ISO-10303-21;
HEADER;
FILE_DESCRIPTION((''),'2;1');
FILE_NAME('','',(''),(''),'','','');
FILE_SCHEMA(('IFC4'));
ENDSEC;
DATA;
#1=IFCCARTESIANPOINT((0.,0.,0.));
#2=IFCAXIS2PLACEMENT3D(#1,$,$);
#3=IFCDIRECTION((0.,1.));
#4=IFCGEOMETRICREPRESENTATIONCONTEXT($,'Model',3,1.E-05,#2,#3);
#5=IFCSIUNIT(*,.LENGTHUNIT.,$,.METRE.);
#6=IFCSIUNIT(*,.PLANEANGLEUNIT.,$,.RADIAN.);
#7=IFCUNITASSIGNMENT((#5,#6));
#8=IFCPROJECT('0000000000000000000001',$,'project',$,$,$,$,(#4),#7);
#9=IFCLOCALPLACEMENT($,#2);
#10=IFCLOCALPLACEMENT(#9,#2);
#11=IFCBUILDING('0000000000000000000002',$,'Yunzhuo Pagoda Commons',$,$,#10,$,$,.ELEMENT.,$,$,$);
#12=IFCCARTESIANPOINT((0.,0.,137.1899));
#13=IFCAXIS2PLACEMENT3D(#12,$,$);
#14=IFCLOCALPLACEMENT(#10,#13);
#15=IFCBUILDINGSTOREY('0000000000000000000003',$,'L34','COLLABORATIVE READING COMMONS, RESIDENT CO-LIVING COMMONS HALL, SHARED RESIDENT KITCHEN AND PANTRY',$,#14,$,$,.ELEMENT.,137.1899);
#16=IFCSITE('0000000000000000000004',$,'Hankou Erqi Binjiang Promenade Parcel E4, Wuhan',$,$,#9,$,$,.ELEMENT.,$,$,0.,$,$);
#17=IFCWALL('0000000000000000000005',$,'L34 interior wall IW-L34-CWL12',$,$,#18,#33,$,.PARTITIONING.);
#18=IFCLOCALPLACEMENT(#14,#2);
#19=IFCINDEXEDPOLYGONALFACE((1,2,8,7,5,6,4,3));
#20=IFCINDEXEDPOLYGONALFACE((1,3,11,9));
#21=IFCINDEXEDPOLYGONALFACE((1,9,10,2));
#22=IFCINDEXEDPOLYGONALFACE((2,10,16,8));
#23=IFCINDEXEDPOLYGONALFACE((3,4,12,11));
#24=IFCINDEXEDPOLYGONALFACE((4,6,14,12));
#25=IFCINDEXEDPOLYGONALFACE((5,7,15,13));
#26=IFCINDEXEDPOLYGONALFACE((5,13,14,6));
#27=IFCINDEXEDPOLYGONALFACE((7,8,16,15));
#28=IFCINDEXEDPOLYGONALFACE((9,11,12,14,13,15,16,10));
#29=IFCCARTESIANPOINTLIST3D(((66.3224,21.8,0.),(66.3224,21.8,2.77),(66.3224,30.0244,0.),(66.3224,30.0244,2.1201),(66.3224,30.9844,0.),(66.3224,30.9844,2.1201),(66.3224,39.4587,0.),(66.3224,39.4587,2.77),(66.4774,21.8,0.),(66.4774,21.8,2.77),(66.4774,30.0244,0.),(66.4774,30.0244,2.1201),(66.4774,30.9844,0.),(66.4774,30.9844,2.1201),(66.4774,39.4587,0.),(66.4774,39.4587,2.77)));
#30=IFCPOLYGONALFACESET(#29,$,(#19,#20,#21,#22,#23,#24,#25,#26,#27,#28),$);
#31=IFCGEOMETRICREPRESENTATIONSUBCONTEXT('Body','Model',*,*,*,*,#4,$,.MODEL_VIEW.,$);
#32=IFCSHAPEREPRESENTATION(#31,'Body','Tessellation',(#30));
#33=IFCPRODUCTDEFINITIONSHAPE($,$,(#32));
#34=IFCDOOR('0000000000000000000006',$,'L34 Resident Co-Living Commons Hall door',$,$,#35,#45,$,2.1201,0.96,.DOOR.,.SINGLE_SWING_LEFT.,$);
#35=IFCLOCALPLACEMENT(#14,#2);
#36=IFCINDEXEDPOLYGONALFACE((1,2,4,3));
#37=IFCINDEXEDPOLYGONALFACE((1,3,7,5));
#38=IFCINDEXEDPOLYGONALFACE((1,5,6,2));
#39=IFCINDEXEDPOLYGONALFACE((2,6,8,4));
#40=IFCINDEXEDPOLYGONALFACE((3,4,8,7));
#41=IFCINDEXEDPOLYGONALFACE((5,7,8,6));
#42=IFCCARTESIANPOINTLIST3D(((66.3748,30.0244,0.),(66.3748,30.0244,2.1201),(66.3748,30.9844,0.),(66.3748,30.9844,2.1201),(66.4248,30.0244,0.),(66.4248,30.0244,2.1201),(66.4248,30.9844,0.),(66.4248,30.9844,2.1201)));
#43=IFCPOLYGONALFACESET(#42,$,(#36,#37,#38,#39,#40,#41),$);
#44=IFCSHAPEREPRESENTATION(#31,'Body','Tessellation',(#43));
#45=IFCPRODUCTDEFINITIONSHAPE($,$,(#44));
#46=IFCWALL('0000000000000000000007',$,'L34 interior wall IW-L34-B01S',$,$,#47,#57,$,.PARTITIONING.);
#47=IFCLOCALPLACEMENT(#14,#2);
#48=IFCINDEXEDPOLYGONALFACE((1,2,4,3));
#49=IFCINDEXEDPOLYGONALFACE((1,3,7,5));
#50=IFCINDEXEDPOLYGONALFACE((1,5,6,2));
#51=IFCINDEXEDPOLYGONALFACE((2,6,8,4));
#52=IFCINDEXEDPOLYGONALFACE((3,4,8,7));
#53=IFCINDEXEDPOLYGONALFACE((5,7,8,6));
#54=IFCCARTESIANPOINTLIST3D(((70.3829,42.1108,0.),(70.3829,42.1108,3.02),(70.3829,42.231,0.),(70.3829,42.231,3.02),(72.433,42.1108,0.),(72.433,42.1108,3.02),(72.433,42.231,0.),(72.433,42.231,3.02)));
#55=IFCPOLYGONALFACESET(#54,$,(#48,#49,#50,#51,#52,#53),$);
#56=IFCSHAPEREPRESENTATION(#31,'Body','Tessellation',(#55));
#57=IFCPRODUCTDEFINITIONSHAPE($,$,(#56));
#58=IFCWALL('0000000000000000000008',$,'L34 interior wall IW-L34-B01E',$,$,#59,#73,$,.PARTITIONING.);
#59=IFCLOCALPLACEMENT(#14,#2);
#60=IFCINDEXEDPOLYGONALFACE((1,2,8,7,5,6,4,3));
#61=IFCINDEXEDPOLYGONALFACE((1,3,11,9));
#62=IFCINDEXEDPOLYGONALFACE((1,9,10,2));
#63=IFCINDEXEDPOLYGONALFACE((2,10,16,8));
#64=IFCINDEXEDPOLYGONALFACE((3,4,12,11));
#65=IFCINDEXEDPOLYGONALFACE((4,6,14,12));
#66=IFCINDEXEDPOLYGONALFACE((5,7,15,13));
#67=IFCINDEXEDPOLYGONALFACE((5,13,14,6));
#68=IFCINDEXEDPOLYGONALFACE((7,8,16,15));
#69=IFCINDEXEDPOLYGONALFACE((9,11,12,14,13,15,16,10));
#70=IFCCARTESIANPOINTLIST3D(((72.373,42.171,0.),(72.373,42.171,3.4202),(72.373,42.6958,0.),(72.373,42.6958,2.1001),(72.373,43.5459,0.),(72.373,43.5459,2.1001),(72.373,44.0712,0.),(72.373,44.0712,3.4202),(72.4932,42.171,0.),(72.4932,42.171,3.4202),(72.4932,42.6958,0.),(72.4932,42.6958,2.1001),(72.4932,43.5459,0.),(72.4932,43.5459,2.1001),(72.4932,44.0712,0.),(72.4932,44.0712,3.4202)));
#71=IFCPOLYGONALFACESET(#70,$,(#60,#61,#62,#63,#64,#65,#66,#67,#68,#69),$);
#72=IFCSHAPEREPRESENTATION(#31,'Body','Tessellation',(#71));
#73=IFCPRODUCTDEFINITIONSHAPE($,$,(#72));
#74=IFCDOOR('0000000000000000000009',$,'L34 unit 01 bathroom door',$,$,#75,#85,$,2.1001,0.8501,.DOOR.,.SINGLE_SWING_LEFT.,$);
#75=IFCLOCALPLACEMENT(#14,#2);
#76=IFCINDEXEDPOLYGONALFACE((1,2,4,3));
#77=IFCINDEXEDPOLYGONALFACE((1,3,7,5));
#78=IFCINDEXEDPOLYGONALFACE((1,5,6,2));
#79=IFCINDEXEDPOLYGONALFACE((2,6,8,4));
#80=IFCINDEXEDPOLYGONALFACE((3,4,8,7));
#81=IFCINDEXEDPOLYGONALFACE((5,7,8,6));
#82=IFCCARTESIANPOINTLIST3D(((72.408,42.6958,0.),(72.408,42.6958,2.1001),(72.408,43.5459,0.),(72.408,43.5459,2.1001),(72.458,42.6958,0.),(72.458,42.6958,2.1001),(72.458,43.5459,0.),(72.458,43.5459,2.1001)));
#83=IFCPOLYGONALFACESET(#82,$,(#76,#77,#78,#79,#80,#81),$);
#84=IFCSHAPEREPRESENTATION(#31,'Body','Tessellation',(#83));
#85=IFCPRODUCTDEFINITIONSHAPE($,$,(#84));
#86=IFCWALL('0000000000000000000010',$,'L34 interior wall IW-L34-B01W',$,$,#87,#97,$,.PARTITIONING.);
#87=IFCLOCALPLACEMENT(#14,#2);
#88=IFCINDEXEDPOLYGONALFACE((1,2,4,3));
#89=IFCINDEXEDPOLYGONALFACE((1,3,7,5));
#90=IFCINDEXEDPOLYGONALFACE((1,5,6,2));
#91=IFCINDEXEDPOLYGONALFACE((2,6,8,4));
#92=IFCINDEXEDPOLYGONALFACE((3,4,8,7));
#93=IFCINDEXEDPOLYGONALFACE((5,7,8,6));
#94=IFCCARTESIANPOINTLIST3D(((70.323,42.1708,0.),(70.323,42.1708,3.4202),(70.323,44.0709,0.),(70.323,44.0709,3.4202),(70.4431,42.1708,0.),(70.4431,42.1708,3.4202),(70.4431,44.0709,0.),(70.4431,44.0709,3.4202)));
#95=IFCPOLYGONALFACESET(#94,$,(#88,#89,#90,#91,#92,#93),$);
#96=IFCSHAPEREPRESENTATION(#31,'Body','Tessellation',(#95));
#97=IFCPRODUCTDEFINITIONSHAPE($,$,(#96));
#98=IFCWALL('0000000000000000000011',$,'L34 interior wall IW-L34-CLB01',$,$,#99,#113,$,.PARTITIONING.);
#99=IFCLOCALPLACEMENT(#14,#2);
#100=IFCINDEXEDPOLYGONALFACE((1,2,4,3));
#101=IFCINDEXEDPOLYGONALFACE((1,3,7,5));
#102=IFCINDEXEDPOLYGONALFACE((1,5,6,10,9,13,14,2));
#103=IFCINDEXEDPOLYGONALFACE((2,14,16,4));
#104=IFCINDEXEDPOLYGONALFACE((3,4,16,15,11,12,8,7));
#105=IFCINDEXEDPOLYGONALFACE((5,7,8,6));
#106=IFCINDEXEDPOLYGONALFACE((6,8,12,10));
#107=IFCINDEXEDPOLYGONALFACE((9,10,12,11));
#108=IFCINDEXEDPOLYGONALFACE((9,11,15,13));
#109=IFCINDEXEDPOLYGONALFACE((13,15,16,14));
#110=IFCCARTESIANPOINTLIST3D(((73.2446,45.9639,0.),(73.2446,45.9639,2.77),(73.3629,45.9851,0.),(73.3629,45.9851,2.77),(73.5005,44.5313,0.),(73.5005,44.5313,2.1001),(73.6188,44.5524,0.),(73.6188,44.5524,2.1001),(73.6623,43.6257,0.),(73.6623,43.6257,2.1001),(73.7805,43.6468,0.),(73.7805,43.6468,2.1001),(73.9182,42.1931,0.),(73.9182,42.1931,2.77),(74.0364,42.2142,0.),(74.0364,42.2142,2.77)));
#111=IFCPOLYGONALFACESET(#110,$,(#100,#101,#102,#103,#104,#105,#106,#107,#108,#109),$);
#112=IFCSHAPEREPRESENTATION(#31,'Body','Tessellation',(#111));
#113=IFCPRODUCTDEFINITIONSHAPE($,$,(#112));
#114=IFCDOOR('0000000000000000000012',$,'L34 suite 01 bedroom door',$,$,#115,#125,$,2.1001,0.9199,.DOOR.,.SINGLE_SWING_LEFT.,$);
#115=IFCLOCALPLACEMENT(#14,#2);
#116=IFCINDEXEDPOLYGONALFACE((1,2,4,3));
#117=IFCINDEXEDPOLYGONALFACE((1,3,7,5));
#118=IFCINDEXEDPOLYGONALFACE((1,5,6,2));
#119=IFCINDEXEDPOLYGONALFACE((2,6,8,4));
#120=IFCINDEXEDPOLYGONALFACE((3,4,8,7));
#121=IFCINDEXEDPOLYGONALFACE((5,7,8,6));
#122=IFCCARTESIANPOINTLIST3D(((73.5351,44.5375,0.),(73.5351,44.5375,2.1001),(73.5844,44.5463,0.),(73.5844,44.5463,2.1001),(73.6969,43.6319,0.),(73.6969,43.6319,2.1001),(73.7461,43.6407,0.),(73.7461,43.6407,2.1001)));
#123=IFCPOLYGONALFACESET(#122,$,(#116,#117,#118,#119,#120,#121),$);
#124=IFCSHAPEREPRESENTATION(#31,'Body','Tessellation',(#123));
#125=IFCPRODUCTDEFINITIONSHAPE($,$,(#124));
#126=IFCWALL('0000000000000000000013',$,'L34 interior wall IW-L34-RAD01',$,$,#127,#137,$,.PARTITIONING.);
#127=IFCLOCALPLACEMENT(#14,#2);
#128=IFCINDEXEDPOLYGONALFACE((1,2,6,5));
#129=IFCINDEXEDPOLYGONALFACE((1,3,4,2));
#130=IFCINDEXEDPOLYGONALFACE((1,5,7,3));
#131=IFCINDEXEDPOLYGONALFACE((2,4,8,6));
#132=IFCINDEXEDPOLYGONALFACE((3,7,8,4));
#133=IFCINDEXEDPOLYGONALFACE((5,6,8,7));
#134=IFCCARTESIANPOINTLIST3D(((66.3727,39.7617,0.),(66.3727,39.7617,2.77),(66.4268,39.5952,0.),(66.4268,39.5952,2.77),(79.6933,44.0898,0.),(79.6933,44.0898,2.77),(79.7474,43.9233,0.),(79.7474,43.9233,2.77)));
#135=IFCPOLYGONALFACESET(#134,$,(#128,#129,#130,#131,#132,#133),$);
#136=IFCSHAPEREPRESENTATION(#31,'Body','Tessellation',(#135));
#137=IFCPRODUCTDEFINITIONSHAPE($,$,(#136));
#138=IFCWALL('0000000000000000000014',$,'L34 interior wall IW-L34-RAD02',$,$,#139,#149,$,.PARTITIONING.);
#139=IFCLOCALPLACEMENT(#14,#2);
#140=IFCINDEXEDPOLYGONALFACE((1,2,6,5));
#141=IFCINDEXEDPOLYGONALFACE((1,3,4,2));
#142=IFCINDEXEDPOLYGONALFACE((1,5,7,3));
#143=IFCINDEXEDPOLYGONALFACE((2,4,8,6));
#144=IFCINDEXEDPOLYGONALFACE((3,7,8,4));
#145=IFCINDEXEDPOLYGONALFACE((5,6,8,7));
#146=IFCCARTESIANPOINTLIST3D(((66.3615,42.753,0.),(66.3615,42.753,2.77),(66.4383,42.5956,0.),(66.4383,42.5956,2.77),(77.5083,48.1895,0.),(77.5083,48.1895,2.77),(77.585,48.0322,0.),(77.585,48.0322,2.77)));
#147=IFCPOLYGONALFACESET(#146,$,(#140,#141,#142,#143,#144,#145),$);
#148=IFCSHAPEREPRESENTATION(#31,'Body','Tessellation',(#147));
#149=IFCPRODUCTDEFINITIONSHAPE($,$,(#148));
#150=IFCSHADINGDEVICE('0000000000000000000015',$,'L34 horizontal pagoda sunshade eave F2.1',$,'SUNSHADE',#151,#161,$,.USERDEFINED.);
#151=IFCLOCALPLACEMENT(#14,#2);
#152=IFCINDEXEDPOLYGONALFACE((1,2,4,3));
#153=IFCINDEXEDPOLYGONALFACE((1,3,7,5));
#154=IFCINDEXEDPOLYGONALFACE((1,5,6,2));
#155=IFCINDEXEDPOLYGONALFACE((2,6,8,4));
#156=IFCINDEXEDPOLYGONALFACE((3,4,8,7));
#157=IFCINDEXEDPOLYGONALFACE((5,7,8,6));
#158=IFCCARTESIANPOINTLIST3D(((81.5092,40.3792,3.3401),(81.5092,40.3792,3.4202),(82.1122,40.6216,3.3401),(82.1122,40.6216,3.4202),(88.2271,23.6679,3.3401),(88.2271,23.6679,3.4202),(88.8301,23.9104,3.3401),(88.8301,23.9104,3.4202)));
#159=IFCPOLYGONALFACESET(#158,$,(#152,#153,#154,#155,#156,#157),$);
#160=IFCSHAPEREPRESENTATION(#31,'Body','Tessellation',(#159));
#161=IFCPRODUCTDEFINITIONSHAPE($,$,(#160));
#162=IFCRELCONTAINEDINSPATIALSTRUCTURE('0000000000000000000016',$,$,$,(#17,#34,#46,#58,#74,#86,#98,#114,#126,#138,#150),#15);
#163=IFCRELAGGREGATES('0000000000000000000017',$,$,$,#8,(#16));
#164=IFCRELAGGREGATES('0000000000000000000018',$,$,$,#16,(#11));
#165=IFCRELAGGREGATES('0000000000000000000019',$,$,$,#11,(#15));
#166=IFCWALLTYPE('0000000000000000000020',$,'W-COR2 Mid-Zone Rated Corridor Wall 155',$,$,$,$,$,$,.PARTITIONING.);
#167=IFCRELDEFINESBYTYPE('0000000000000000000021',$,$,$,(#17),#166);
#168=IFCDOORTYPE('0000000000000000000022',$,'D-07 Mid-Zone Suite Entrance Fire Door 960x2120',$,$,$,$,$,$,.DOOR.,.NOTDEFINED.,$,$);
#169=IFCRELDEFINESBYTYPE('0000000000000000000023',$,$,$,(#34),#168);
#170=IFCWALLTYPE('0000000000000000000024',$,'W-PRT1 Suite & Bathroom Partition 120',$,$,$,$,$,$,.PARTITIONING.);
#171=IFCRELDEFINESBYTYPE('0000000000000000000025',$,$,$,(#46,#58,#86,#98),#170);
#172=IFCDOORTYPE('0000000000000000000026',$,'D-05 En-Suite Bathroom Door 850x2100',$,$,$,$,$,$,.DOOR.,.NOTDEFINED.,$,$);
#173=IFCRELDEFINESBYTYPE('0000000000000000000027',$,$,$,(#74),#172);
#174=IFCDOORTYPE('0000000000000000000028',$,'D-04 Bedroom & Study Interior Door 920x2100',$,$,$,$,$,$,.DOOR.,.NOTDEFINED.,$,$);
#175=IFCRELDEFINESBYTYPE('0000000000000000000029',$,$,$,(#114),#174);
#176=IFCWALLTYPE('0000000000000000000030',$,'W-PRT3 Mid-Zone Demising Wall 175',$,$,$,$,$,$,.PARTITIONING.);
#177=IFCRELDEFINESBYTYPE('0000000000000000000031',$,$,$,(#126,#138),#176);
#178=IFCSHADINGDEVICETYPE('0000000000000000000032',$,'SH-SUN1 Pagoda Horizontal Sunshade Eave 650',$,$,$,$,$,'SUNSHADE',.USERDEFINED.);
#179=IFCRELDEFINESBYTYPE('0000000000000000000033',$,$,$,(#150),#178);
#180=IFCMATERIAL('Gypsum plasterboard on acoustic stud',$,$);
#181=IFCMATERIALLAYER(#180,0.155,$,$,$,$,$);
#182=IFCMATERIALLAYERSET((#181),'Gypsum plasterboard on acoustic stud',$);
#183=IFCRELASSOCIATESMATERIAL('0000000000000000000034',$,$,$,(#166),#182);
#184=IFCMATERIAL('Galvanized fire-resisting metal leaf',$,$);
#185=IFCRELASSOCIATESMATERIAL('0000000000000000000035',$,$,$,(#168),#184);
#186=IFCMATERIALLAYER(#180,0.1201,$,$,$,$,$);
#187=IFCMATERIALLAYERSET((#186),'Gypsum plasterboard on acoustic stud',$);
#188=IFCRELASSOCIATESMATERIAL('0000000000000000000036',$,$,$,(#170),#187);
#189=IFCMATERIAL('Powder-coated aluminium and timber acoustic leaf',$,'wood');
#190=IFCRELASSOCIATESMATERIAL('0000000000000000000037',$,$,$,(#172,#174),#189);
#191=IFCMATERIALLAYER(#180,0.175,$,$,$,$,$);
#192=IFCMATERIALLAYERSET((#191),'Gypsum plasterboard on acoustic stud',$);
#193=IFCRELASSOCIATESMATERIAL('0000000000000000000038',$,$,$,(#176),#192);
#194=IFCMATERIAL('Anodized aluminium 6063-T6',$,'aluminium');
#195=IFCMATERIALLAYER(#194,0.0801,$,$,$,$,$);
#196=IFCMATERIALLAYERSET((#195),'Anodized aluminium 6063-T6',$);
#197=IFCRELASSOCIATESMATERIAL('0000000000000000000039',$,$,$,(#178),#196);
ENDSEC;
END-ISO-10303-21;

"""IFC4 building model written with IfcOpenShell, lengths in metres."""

from ifc_helpers import new_model, si_unit, direction, frame, frame_2d, origin, origin_with_axes, origin_2d, place, context, subcontext, project, spatial, rectangle, extrude, source, transform, mapped, material, layer, layer_set, type_object, element, fill, save


model = new_model("IFC4")

# Units and contexts
model_context = context("Model", 3, precision=1e-05, world=origin(), true_north=direction((0.0, 1.0)))
body_context = subcontext(model_context, "Body", "Model", "MODEL_VIEW")
ifc_project = project(units=[si_unit("LENGTHUNIT", "METRE"), si_unit("PLANEANGLEUNIT", "RADIAN")], contexts=[model_context])

# Site, building, storey
site_placement = place(None, origin())
site = spatial("IfcSite", under=ifc_project, at=site_placement, Name="Hankou Erqi Binjiang Promenade Parcel E4, Wuhan", CompositionType="ELEMENT", RefElevation=0.0)
building_placement = place(site_placement, origin())
building = spatial("IfcBuilding", under=site, at=building_placement, Name="Yunzhuo Pagoda Commons", CompositionType="ELEMENT")
storey_placement = place(building_placement, frame((0.0, 0.0, 137.1899)))
storey = spatial("IfcBuildingStorey", under=building, at=storey_placement, Name="L34", Description="COLLABORATIVE READING COMMONS, RESIDENT CO-LIVING COMMONS HALL, SHARED RESIDENT KITCHEN AND PANTRY", CompositionType="ELEMENT", Elevation=137.1899)

# Shared definitions
ifc_material_1 = material(Name="Anodized aluminium 6063-T6", Category="aluminium")

# Shared definitions
ifc_material_2 = material(Name="Gypsum plasterboard on acoustic stud")
ifc_layer_1 = layer(ifc_material_2, 0.155)
ifc_layer_set_1 = layer_set([ifc_layer_1], Name="Gypsum plasterboard on acoustic stud")
wall_type_1 = type_object("IfcWallType", Name="W-COR2 Mid-Zone Rated Corridor Wall 155", PredefinedType="PARTITIONING", material=ifc_layer_set_1)

# Wall, opening, door
ifc_material_3 = material(Name="Galvanized fire-resisting metal leaf")
door_type_1 = type_object("IfcDoorType", Name="D-07 Mid-Zone Suite Entrance Fire Door 960x2120", OperationType="NOTDEFINED", PredefinedType="DOOR", material=ifc_material_3)
shared_shape_1 = source(origin(), body_context, "Body", "SweptSolid", [
    extrude(rectangle(XDim=0.96, YDim=2.1201, at=frame_2d((0.48, 1.0601))), frame((0.0, 0.0249, 0.0), z_axis=(0.0, -1.0, 0.0), x_axis=(1.0, 0.0, 0.0)), (0.0, 0.0, 1.0), 0.05),
])
wall_1_placement = place(storey_placement, frame((66.3999, 39.4587, 0.0), z_axis=(0.0, 0.0, 1.0), x_axis=(0.0, -1.0, 0.0)))
wall_1 = element("IfcWall", 1, at=wall_1_placement, inside=storey, type_object=wall_type_1, Name="L34 interior wall IW-L34-CWL12", PredefinedType="PARTITIONING", context=body_context, shape_type="SweptSolid", body=[
    extrude(rectangle(XDim=17.6587, YDim=0.155, at=frame_2d((8.8293, 0.0))), origin(), (0.0, 0.0, 1.0), 2.77),
])
opening_1_placement = place(wall_1_placement, frame((8.4744, 0.0, 0.0)))
opening_1 = element("IfcOpeningElement", 2, at=opening_1_placement, cuts=wall_1, PredefinedType="OPENING", context=body_context, shape_type="SweptSolid", body=[
    extrude(rectangle(XDim=0.96, YDim=2.1201, at=frame_2d((0.48, 1.0601))), frame((0.0, 0.0874, 0.0), z_axis=(0.0, -1.0, 0.0), x_axis=(1.0, 0.0, 0.0)), (0.0, 0.0, 1.0), 0.175),
])
door_1_placement = place(opening_1_placement, origin_with_axes())
door_1 = element("IfcDoor", 3, at=door_1_placement, inside=storey, type_object=door_type_1, Name="L34 Resident Co-Living Commons Hall door", OperationType="SINGLE_SWING_LEFT", OverallHeight=2.1201, OverallWidth=0.96, PredefinedType="DOOR", context=body_context, shape_type="MappedRepresentation", body=[
    mapped(shared_shape_1, transform((0.0, 0.0, 0.0), scale=1.0)),
])
fill(opening_1, door_1)

# Wall
ifc_layer_2 = layer(ifc_material_2, 0.1201)
ifc_layer_set_2 = layer_set([ifc_layer_2], Name="Gypsum plasterboard on acoustic stud")
wall_type_2 = type_object("IfcWallType", Name="W-PRT1 Suite & Bathroom Partition 120", PredefinedType="PARTITIONING", material=ifc_layer_set_2)
wall_2_placement = place(storey_placement, frame((70.3831, 42.1709, 0.0), z_axis=(0.0, 0.0, 1.0), x_axis=(1.0, 0.0, 0.0)))
element("IfcWall", 4, at=wall_2_placement, inside=storey, type_object=wall_type_2, Name="L34 interior wall IW-L34-B01S", PredefinedType="PARTITIONING", context=body_context, shape_type="SweptSolid", body=[
    extrude(rectangle(XDim=2.05, YDim=0.1201, at=frame_2d((1.0249, 0.0))), origin(), (0.0, 0.0, 1.0), 3.02),
])

# Wall, opening, door
wall_3_placement = place(storey_placement, frame((72.4331, 42.1709, 0.0), z_axis=(0.0, 0.0, 1.0), x_axis=(0.0, 1.0, 0.0)))
wall_3 = element("IfcWall", 5, at=wall_3_placement, inside=storey, type_object=wall_type_2, Name="L34 interior wall IW-L34-B01E", PredefinedType="PARTITIONING", context=body_context, shape_type="SweptSolid", body=[
    extrude(rectangle(XDim=1.9001, YDim=0.1201, at=frame_2d((0.9502, 0.0))), origin(), (0.0, 0.0, 1.0), 3.4202),
])
opening_2_placement = place(wall_3_placement, frame((0.5249, 0.0, 0.0)))
opening_2 = element("IfcOpeningElement", 6, at=opening_2_placement, cuts=wall_3, PredefinedType="OPENING", context=body_context, shape_type="SweptSolid", body=[
    extrude(rectangle(XDim=0.8501, YDim=2.1001, at=frame_2d((0.425, 1.05))), frame((0.0, 0.0701, 0.0), z_axis=(0.0, -1.0, 0.0), x_axis=(1.0, 0.0, 0.0)), (0.0, 0.0, 1.0), 0.1401),
])
ifc_material_4 = material(Name="Powder-coated aluminium and timber acoustic leaf", Category="wood")
door_type_2 = type_object("IfcDoorType", Name="D-05 En-Suite Bathroom Door 850x2100", OperationType="NOTDEFINED", PredefinedType="DOOR", material=ifc_material_4)
shared_shape_2 = source(origin(), body_context, "Body", "SweptSolid", [
    extrude(rectangle(XDim=0.8501, YDim=2.1001, at=frame_2d((0.425, 1.05))), frame((0.0, 0.0249, 0.0), z_axis=(0.0, -1.0, 0.0), x_axis=(1.0, 0.0, 0.0)), (0.0, 0.0, 1.0), 0.05),
])
door_2_placement = place(opening_2_placement, frame((0.8501, 0.0, 0.0), z_axis=(0.0, 0.0, 1.0), x_axis=(-1.0, 0.0, 0.0)))
door_2 = element("IfcDoor", 7, at=door_2_placement, inside=storey, type_object=door_type_2, Name="L34 unit 01 bathroom door", OperationType="SINGLE_SWING_LEFT", OverallHeight=2.1001, OverallWidth=0.8501, PredefinedType="DOOR", context=body_context, shape_type="MappedRepresentation", body=[
    mapped(shared_shape_2, transform((0.0, 0.0, 0.0), scale=1.0)),
])
fill(opening_2, door_2)

# Wall
wall_4_placement = place(storey_placement, frame((70.3831, 44.071, 0.0), z_axis=(0.0, 0.0, 1.0), x_axis=(0.0, -1.0, 0.0)))
element("IfcWall", 8, at=wall_4_placement, inside=storey, type_object=wall_type_2, Name="L34 interior wall IW-L34-B01W", PredefinedType="PARTITIONING", context=body_context, shape_type="SweptSolid", body=[
    extrude(rectangle(XDim=1.9001, YDim=0.1201, at=frame_2d((0.9502, 0.0))), origin(), (0.0, 0.0, 1.0), 3.4202),
])

# Wall, opening, door
wall_5_placement = place(storey_placement, frame((73.9773, 42.2036, 0.0), z_axis=(0.0, 0.0, 1.0), x_axis=(-0.175839, 0.984419, 0.0)))
wall_5 = element("IfcWall", 9, at=wall_5_placement, inside=storey, type_object=wall_type_2, Name="L34 interior wall IW-L34-CLB01", PredefinedType="PARTITIONING", context=body_context, shape_type="SweptSolid", body=[
    extrude(rectangle(XDim=3.8306, YDim=0.1201, at=frame_2d((1.9153, 0.0))), origin(), (0.0, 0.0, 1.0), 2.77),
])
opening_3_placement = place(wall_5_placement, frame((1.4553, 0.0, 0.0)))
opening_3 = element("IfcOpeningElement", 10, at=opening_3_placement, cuts=wall_5, PredefinedType="OPENING", context=body_context, shape_type="SweptSolid", body=[
    extrude(rectangle(XDim=0.9199, YDim=2.1001, at=frame_2d((0.46, 1.05))), frame((0.0, 0.0701, 0.0), z_axis=(0.0, -1.0, 0.0), x_axis=(1.0, 0.0, 0.0)), (0.0, 0.0, 1.0), 0.1401),
])
door_type_3 = type_object("IfcDoorType", Name="D-04 Bedroom & Study Interior Door 920x2100", OperationType="NOTDEFINED", PredefinedType="DOOR", material=ifc_material_4)
shared_shape_3 = source(origin(), body_context, "Body", "SweptSolid", [
    extrude(rectangle(XDim=0.9199, YDim=2.1001, at=frame_2d((0.46, 1.05))), frame((0.0, 0.0249, 0.0), z_axis=(0.0, -1.0, 0.0), x_axis=(1.0, 0.0, 0.0)), (0.0, 0.0, 1.0), 0.05),
])
door_3_placement = place(opening_3_placement, origin_with_axes())
door_3 = element("IfcDoor", 11, at=door_3_placement, inside=storey, type_object=door_type_3, Name="L34 suite 01 bedroom door", OperationType="SINGLE_SWING_LEFT", OverallHeight=2.1001, OverallWidth=0.9199, PredefinedType="DOOR", context=body_context, shape_type="MappedRepresentation", body=[
    mapped(shared_shape_3, transform((0.0, 0.0, 0.0), scale=1.0)),
])
fill(opening_3, door_3)

# Walls
ifc_layer_3 = layer(ifc_material_2, 0.175)
ifc_layer_set_3 = layer_set([ifc_layer_3], Name="Gypsum plasterboard on acoustic stud")
wall_type_3 = type_object("IfcWallType", Name="W-PRT3 Mid-Zone Demising Wall 175", PredefinedType="PARTITIONING", material=ifc_layer_set_3)
wall_6_placement = place(storey_placement, frame((66.3999, 39.6785, 0.0), z_axis=(0.0, 0.0, 1.0), x_axis=(0.951056, 0.309018, 0.0)))
element("IfcWall", 12, at=wall_6_placement, inside=storey, type_object=wall_type_3, Name="L34 interior wall IW-L34-RAD01", PredefinedType="PARTITIONING", context=body_context, shape_type="SweptSolid", body=[
    extrude(rectangle(XDim=14.0061, YDim=0.175, at=frame_2d((7.0029, 0.0))), origin(), (0.0, 0.0, 1.0), 2.77),
])
wall_7_placement = place(storey_placement, frame((66.3999, 42.6743, 0.0), z_axis=(0.0, 0.0, 1.0), x_axis=(0.898797, 0.438365, 0.0)))
element("IfcWall", 13, at=wall_7_placement, inside=storey, type_object=wall_type_3, Name="L34 interior wall IW-L34-RAD02", PredefinedType="PARTITIONING", context=body_context, shape_type="SweptSolid", body=[
    extrude(rectangle(XDim=12.4019, YDim=0.175, at=frame_2d((6.2009, 0.0))), origin(), (0.0, 0.0, 1.0), 2.77),
])

# Shading device
ifc_layer_4 = layer(ifc_material_1, 0.0801)
ifc_layer_set_4 = layer_set([ifc_layer_4], Name="Anodized aluminium 6063-T6")
shading_device_type = type_object("IfcShadingDeviceType", Name="SH-SUN1 Pagoda Horizontal Sunshade Eave 650", ElementType="SUNSHADE", PredefinedType="USERDEFINED", material=ifc_layer_set_4)
shared_shape_4 = source(origin(), body_context, "Body", "SweptSolid", [
    extrude(rectangle(XDim=18.011, YDim=0.6499, at=origin_2d()), origin(), (0.0, 0.0, 1.0), 0.0801),
])
shading_device_placement = place(storey_placement, frame((85.1697, 32.1448, 3.3401), z_axis=(0.0, 0.0, 1.0), x_axis=(-0.372988, 0.927836, 0.0)))
element("IfcShadingDevice", 14, at=shading_device_placement, inside=storey, type_object=shading_device_type, Name="L34 horizontal pagoda sunshade eave F2.1", ObjectType="SUNSHADE", PredefinedType="USERDEFINED", context=body_context, shape_type="MappedRepresentation", body=[
    mapped(shared_shape_4, transform((0.0, 0.0, 0.0), scale=1.0)),
])

save(model, "model.ifc")
